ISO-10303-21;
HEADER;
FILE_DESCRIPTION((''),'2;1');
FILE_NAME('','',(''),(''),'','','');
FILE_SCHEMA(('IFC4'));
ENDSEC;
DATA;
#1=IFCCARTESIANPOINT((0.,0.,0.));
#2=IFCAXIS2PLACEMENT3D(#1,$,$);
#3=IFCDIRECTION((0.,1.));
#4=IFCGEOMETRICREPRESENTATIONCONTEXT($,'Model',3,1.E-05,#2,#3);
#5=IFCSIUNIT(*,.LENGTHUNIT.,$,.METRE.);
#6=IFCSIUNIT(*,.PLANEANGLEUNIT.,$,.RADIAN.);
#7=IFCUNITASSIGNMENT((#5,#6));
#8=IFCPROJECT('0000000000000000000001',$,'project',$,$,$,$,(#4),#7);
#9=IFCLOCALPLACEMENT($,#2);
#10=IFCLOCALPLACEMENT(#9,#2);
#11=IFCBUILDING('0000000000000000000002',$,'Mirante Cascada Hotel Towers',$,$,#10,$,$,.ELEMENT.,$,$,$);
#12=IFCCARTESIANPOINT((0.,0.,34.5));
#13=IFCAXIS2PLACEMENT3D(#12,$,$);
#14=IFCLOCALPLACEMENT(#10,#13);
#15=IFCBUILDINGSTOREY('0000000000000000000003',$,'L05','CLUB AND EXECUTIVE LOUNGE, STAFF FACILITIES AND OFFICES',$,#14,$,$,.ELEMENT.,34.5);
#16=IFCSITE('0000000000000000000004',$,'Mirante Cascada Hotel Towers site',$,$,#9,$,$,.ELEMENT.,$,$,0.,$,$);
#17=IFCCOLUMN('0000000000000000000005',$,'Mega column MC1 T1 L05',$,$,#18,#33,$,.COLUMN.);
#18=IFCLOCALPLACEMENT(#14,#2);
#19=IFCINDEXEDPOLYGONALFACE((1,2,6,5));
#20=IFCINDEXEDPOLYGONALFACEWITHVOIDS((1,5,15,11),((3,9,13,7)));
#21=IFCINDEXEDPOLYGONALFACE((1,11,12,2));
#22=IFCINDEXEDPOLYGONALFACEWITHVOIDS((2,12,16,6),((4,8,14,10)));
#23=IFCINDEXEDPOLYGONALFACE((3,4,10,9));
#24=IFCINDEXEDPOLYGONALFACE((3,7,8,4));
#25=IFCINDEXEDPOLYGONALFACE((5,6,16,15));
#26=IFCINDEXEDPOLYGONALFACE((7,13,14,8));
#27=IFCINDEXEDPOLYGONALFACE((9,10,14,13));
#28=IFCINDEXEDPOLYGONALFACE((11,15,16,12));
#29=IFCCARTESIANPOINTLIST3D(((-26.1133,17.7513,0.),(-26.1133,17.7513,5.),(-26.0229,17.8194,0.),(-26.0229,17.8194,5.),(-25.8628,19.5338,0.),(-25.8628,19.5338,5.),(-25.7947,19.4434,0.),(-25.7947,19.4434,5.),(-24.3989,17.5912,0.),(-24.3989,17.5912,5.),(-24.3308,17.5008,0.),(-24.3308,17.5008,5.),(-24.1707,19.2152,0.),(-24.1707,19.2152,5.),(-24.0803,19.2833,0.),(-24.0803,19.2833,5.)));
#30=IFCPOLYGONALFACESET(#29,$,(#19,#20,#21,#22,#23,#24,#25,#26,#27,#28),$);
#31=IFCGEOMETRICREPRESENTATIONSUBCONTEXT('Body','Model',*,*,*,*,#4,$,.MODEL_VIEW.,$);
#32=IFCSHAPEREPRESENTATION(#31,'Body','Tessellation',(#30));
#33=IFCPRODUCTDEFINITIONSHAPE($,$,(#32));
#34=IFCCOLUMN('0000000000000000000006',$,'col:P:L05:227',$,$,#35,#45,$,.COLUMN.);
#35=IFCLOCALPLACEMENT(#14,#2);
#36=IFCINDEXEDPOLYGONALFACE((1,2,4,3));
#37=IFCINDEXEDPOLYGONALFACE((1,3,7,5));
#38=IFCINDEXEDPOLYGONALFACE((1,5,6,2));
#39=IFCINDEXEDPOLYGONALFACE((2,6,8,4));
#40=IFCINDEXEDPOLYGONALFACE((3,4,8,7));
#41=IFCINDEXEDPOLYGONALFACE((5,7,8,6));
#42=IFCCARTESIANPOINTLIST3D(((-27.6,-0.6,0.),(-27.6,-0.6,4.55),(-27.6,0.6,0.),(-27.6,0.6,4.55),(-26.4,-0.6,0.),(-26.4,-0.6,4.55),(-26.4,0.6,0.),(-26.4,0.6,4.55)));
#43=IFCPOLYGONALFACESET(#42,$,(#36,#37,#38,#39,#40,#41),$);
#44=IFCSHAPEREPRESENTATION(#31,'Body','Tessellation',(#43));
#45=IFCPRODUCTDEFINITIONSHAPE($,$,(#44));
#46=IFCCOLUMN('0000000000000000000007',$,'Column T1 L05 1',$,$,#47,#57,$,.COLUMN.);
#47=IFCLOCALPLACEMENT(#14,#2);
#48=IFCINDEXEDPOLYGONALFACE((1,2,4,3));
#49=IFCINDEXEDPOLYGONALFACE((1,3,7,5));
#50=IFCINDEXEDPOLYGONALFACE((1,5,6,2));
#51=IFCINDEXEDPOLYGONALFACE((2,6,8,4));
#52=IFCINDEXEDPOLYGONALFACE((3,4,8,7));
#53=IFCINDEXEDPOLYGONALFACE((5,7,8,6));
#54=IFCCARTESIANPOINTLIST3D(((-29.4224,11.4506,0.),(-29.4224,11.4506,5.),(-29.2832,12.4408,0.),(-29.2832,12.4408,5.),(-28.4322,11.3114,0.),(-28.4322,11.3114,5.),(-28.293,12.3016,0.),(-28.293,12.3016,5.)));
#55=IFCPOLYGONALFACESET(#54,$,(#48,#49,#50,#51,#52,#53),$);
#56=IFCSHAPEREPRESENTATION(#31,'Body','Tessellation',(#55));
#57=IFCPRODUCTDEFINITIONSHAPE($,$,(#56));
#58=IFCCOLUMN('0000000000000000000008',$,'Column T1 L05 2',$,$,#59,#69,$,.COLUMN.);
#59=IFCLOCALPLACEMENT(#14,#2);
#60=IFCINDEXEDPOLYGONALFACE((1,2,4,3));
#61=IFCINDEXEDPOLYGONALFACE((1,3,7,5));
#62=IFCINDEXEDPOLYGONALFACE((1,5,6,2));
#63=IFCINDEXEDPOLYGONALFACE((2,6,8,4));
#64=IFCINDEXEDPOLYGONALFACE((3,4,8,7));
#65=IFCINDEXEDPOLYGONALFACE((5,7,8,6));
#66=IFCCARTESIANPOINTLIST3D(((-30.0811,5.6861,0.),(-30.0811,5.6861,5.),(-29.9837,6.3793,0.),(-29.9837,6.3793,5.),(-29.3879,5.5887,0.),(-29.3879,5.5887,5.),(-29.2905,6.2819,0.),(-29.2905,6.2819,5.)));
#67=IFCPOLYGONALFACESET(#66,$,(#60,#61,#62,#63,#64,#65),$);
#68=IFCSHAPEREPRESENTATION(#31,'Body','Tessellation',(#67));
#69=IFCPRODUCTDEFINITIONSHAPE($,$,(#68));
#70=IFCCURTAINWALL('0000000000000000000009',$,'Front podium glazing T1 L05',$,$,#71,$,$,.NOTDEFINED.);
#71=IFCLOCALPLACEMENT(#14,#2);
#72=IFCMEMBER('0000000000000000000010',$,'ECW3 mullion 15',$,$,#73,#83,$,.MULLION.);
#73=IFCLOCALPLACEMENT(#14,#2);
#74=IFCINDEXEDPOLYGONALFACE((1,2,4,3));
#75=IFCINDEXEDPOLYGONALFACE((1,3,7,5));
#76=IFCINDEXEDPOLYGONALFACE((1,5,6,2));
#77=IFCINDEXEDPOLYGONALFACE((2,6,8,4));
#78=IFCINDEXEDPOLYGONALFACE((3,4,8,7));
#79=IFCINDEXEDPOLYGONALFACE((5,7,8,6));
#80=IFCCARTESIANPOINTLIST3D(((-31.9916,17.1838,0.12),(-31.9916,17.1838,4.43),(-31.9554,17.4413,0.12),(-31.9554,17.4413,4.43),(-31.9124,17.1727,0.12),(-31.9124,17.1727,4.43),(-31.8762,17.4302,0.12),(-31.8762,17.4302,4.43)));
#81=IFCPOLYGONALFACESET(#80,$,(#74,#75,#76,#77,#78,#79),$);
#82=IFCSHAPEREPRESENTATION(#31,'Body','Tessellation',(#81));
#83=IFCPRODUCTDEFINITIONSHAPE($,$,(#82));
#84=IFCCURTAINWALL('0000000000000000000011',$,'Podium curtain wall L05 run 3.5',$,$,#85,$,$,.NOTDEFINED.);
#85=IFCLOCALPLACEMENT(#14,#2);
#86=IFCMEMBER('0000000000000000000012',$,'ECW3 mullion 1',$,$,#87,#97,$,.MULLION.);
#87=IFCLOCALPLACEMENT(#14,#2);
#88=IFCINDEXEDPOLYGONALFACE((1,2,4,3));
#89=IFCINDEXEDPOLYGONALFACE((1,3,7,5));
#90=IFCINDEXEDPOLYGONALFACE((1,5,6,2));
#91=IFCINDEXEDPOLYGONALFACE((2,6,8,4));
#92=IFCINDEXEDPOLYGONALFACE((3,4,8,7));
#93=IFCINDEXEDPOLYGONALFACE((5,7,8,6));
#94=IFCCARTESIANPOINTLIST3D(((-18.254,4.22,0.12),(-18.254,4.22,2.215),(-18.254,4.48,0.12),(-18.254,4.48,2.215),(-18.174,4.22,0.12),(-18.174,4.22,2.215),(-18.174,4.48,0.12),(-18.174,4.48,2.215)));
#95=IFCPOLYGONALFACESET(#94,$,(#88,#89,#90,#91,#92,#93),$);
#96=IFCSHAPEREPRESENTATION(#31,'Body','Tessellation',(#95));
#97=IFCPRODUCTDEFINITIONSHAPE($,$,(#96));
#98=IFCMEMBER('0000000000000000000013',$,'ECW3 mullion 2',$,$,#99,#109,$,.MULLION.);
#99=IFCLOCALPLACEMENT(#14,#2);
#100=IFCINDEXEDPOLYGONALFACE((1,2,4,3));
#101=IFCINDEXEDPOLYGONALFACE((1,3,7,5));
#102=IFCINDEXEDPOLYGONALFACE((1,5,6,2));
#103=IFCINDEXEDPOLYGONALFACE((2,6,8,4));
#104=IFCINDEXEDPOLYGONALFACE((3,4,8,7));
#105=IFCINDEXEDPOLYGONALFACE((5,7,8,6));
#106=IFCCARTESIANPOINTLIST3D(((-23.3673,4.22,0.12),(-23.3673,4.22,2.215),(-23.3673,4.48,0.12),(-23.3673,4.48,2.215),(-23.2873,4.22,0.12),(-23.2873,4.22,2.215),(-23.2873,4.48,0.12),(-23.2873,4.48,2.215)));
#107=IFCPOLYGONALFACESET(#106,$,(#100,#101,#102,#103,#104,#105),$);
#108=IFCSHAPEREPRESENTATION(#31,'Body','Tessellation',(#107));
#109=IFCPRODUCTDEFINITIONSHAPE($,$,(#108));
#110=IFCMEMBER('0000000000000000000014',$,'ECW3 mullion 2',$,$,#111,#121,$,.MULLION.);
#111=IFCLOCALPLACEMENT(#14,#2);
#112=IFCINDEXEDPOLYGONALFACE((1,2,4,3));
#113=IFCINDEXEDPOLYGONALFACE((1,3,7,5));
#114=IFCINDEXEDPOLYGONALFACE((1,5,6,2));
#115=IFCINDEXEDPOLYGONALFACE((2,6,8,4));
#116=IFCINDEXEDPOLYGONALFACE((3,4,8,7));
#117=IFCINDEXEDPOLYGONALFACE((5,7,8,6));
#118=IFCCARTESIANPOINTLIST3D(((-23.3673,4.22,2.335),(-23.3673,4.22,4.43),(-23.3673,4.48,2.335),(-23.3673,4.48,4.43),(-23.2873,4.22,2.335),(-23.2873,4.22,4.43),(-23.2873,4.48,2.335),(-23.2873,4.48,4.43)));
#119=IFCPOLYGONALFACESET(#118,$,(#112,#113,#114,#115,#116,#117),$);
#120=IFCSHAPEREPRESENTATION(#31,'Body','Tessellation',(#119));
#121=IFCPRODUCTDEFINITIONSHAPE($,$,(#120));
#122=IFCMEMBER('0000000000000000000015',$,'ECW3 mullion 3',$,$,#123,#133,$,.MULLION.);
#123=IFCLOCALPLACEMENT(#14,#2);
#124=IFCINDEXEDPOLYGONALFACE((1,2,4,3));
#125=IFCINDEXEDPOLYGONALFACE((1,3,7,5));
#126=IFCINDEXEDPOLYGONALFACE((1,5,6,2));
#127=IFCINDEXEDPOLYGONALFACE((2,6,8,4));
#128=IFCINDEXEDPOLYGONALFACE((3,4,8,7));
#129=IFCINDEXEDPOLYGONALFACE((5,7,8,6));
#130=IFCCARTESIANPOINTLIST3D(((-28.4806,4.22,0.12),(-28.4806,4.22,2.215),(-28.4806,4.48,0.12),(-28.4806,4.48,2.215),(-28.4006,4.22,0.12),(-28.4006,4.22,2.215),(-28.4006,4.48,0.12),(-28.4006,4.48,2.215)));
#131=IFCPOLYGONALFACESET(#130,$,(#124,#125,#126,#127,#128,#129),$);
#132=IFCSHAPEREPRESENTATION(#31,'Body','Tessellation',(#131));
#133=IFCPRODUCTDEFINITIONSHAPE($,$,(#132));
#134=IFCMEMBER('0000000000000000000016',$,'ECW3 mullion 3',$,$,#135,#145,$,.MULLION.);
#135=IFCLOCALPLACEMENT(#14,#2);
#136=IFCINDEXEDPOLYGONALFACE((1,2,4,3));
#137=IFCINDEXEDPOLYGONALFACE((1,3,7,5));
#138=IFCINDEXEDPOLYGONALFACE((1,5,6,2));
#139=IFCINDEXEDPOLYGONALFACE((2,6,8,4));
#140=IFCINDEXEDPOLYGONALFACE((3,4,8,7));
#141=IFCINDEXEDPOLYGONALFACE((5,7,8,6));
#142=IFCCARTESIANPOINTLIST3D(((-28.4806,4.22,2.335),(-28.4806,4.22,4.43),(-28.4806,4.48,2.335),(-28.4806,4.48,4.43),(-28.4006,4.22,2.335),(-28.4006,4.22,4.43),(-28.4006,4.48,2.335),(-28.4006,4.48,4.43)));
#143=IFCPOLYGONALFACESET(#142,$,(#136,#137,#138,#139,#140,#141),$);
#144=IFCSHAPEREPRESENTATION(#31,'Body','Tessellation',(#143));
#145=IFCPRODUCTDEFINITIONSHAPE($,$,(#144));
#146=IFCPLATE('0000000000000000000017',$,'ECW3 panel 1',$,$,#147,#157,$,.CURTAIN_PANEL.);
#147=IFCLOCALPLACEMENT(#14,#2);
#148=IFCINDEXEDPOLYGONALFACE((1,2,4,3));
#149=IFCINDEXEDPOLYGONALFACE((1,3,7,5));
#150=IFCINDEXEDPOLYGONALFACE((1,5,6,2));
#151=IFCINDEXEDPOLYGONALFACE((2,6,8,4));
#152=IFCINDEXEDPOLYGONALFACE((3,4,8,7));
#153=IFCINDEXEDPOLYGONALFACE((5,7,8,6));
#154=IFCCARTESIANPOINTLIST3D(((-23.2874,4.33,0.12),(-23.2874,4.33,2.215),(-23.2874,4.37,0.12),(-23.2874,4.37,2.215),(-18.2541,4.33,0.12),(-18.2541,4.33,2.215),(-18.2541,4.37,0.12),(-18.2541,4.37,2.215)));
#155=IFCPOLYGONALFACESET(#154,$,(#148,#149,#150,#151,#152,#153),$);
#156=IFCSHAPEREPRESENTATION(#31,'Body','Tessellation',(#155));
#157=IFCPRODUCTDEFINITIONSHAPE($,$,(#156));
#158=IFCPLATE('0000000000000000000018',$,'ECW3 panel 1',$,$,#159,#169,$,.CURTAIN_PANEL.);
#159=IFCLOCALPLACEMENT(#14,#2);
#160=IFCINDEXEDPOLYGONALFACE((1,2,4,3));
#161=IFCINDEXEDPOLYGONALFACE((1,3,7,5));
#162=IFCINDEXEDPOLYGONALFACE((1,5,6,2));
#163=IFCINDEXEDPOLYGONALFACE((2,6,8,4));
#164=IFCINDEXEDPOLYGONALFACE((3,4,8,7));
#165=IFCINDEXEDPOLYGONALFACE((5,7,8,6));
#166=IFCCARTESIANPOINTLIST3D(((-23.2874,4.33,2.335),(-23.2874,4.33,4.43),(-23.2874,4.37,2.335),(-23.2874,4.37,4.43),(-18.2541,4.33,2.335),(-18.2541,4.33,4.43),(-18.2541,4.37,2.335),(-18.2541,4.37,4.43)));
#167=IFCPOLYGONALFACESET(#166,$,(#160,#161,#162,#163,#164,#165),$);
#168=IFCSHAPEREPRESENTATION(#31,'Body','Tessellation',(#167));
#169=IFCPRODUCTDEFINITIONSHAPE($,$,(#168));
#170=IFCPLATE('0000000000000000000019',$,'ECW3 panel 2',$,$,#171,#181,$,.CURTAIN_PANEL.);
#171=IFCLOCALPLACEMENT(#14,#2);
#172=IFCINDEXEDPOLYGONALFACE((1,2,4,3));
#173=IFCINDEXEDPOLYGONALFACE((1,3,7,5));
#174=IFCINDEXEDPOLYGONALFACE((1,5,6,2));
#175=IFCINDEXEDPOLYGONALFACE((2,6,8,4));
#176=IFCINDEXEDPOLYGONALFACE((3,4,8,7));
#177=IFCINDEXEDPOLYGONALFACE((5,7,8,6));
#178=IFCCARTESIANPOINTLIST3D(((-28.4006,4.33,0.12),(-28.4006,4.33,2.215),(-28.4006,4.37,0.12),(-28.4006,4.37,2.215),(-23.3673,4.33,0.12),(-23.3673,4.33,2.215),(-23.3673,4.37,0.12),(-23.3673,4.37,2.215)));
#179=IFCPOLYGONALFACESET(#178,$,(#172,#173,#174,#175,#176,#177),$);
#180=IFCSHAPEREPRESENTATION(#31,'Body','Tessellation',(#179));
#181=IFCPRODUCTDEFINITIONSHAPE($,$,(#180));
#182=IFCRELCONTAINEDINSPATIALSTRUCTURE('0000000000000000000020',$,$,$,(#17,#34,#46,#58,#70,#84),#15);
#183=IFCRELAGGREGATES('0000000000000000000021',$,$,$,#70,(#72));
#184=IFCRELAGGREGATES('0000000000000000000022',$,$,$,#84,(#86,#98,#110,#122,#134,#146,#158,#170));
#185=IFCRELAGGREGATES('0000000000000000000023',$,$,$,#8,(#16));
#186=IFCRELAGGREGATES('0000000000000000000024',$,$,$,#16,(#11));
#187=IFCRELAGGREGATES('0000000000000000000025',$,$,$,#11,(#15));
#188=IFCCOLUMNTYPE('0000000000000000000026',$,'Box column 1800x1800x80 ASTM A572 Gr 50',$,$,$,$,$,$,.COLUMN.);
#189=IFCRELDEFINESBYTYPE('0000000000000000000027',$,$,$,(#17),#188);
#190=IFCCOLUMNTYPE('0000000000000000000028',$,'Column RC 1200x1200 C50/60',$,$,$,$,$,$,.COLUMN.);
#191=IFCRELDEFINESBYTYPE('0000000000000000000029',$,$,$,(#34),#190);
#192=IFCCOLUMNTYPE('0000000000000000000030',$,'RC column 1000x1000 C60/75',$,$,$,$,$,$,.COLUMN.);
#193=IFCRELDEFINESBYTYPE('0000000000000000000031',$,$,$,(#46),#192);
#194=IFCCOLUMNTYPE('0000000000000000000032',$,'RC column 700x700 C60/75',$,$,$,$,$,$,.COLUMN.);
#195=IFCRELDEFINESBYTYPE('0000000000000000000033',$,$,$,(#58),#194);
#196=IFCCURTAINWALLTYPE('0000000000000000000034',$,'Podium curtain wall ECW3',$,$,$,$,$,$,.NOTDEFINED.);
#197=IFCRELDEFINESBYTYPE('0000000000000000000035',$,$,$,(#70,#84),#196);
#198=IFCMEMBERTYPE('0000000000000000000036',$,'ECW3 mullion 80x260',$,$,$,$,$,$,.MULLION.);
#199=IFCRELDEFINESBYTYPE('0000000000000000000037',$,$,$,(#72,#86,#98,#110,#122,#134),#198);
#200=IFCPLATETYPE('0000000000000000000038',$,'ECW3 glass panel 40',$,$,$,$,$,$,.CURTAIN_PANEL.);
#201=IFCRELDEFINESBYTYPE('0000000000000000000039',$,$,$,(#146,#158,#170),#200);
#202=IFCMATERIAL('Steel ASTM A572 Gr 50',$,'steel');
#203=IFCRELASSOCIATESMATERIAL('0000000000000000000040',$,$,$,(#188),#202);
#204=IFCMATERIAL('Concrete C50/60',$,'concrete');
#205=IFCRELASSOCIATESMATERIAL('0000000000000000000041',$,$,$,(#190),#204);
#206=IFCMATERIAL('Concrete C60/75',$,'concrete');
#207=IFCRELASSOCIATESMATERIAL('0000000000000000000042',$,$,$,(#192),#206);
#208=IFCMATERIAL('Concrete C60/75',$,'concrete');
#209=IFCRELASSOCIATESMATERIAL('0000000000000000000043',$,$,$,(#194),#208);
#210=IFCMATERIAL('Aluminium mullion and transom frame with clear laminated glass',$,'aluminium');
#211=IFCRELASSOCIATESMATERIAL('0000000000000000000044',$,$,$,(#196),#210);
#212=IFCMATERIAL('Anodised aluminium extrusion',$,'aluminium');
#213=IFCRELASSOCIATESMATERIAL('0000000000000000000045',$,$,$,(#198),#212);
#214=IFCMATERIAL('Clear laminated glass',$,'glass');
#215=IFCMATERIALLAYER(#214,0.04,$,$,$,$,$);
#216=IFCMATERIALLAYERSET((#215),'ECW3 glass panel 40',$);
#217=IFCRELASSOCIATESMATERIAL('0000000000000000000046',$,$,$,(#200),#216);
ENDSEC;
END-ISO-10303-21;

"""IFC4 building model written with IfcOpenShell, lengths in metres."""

from ifc_helpers import new_model, si_unit, direction, frame, origin, origin_2d, place, context, subcontext, project, spatial, rectangle, hollow_rectangle, extrude, material, layer, layer_set, material_profile, profile_set, type_object, element, aggregate, save


model = new_model("IFC4")

# Units and contexts
model_context = context("Model", 3, precision=1e-05, world=origin(), true_north=direction((0.0, 1.0)))
body_context = subcontext(model_context, "Body", "Model", "MODEL_VIEW")
ifc_project = project(units=[si_unit("LENGTHUNIT", "METRE"), si_unit("PLANEANGLEUNIT", "RADIAN")], contexts=[model_context])

# Site, building, storey
site_placement = place(None, origin())
site = spatial("IfcSite", under=ifc_project, at=site_placement, Name="Mirante Cascada Hotel Towers site", CompositionType="ELEMENT", RefElevation=0.0)
building_placement = place(site_placement, origin())
building = spatial("IfcBuilding", under=site, at=building_placement, Name="Mirante Cascada Hotel Towers", CompositionType="ELEMENT")
storey_placement = place(building_placement, frame((0.0, 0.0, 34.5)))
storey = spatial("IfcBuildingStorey", under=building, at=storey_placement, Name="L05", Description="CLUB AND EXECUTIVE LOUNGE, STAFF FACILITIES AND OFFICES", CompositionType="ELEMENT", Elevation=34.5)

# Columns
ifc_material_1 = material(Name="Steel ASTM A572 Gr 50", Category="steel")
ifc_material_profile_1 = material_profile(ifc_material_1, hollow_rectangle(XDim=1.8, YDim=1.8, WallThickness=0.08, at=origin_2d()), Name="Box column 1800x1800x80 ASTM A572 Gr 50")
ifc_profile_set_1 = profile_set([ifc_material_profile_1], Name="Steel ASTM A572 Gr 50")
column_type_1 = type_object("IfcColumnType", Name="Box column 1800x1800x80 ASTM A572 Gr 50", PredefinedType="COLUMN", material=ifc_profile_set_1)
column_1_placement = place(storey_placement, frame((-25.0968, 18.5173, 0.0), z_axis=(0.0, 0.0, 1.0), x_axis=(-0.990268, 0.139173, 0.0)))
element("IfcColumn", 1, at=column_1_placement, inside=storey, type_object=column_type_1, Name="Mega column MC1 T1 L05", PredefinedType="COLUMN", context=body_context, shape_type="SweptSolid", body=[
    extrude(hollow_rectangle(XDim=1.8, YDim=1.8, WallThickness=0.08, at=origin_2d()), origin(), (0.0, 0.0, 1.0), 5.0),
])
ifc_material_2 = material(Name="Concrete C50/60", Category="concrete")
ifc_material_profile_2 = material_profile(ifc_material_2, rectangle(XDim=1.2, YDim=1.2, at=origin_2d()), Name="RC 1200x1200")
ifc_profile_set_2 = profile_set([ifc_material_profile_2], Name="Concrete C50/60")
column_type_2 = type_object("IfcColumnType", Name="Column RC 1200x1200 C50/60", PredefinedType="COLUMN", material=ifc_profile_set_2)
column_2_placement = place(storey_placement, frame((-27.0, 0.0, 0.0), z_axis=(0.0, 0.0, 1.0), x_axis=(1.0, 0.0, 0.0)))
element("IfcColumn", 2, at=column_2_placement, inside=storey, type_object=column_type_2, Name="col:P:L05:227", PredefinedType="COLUMN", context=body_context, shape_type="SweptSolid", body=[
    extrude(rectangle(XDim=1.2, YDim=1.2, at=origin_2d()), origin(), (0.0, 0.0, 1.0), 4.55),
])
ifc_material_3 = material(Name="Concrete C60/75", Category="concrete")
ifc_material_profile_3 = material_profile(ifc_material_3, rectangle(XDim=1.0, YDim=1.0, at=origin_2d()), Name="RC column 1000x1000 C60/75")
ifc_profile_set_3 = profile_set([ifc_material_profile_3], Name="Concrete C60/75")
column_type_3 = type_object("IfcColumnType", Name="RC column 1000x1000 C60/75", PredefinedType="COLUMN", material=ifc_profile_set_3)
column_3_placement = place(storey_placement, frame((-28.8577, 11.8761, 0.0), z_axis=(0.0, 0.0, 1.0), x_axis=(-0.990268, 0.139173, 0.0)))
element("IfcColumn", 3, at=column_3_placement, inside=storey, type_object=column_type_3, Name="Column T1 L05 1", PredefinedType="COLUMN", context=body_context, shape_type="SweptSolid", body=[
    extrude(rectangle(XDim=1.0, YDim=1.0, at=origin_2d()), origin(), (0.0, 0.0, 1.0), 5.0),
])
ifc_material_4 = material(Name="Concrete C60/75", Category="concrete")
ifc_material_profile_4 = material_profile(ifc_material_4, rectangle(XDim=0.7, YDim=0.7, at=origin_2d()), Name="RC column 700x700 C60/75")
ifc_profile_set_4 = profile_set([ifc_material_profile_4], Name="Concrete C60/75")
column_type_4 = type_object("IfcColumnType", Name="RC column 700x700 C60/75", PredefinedType="COLUMN", material=ifc_profile_set_4)
column_4_placement = place(storey_placement, frame((-29.6858, 5.984, 0.0), z_axis=(0.0, 0.0, 1.0), x_axis=(-0.990268, 0.139173, 0.0)))
element("IfcColumn", 4, at=column_4_placement, inside=storey, type_object=column_type_4, Name="Column T1 L05 2", PredefinedType="COLUMN", context=body_context, shape_type="SweptSolid", body=[
    extrude(rectangle(XDim=0.7, YDim=0.7, at=origin_2d()), origin(), (0.0, 0.0, 1.0), 5.0),
])

# Curtain wall, member
ifc_material_5 = material(Name="Aluminium mullion and transom frame with clear laminated glass", Category="aluminium")
curtain_wall_type = type_object("IfcCurtainWallType", Name="Podium curtain wall ECW3", PredefinedType="NOTDEFINED", material=ifc_material_5)
curtain_wall_1_placement = place(storey_placement, origin())
curtain_wall_1 = element("IfcCurtainWall", 5, at=curtain_wall_1_placement, inside=storey, type_object=curtain_wall_type, Name="Front podium glazing T1 L05", PredefinedType="NOTDEFINED")
ifc_material_6 = material(Name="Anodised aluminium extrusion", Category="aluminium")
ifc_material_profile_5 = material_profile(ifc_material_6, rectangle(XDim=0.26, YDim=0.08, at=origin_2d()), Name="ECW3 MULLION 80x260")
ifc_profile_set_5 = profile_set([ifc_material_profile_5], Name="Anodised aluminium extrusion")
member_type = type_object("IfcMemberType", Name="ECW3 mullion 80x260", PredefinedType="MULLION", material=ifc_profile_set_5)
member_1_placement = place(storey_placement, frame((-31.9339, 17.307, 0.12), z_axis=(0.0, 0.0, 1.0), x_axis=(0.139173, 0.990268, 0.0)))
member_1 = element("IfcMember", 6, at=member_1_placement, type_object=member_type, Name="ECW3 mullion 15", PredefinedType="MULLION", context=body_context, shape_type="SweptSolid", body=[
    extrude(rectangle(XDim=0.26, YDim=0.08, at=origin_2d()), origin(), (0.0, 0.0, 1.0), 4.31),
])
aggregate(curtain_wall_1, [member_1])

# Curtain wall, members, plates
curtain_wall_2_placement = place(storey_placement, origin())
curtain_wall_2 = element("IfcCurtainWall", 7, at=curtain_wall_2_placement, inside=storey, type_object=curtain_wall_type, Name="Podium curtain wall L05 run 3.5", PredefinedType="NOTDEFINED")
member_2_placement = place(storey_placement, frame((-18.214, 4.35, 0.12), z_axis=(0.0, 0.0, 1.0), x_axis=(0.0, -1.0, 0.0)))
member_2 = element("IfcMember", 8, at=member_2_placement, type_object=member_type, Name="ECW3 mullion 1", PredefinedType="MULLION", context=body_context, shape_type="SweptSolid", body=[
    extrude(rectangle(XDim=0.26, YDim=0.08, at=origin_2d()), origin(), (0.0, 0.0, 1.0), 2.095),
])
member_3_placement = place(storey_placement, frame((-23.3273, 4.35, 0.12), z_axis=(0.0, 0.0, 1.0), x_axis=(0.0, -1.0, 0.0)))
member_3 = element("IfcMember", 9, at=member_3_placement, type_object=member_type, Name="ECW3 mullion 2", PredefinedType="MULLION", context=body_context, shape_type="SweptSolid", body=[
    extrude(rectangle(XDim=0.26, YDim=0.08, at=origin_2d()), origin(), (0.0, 0.0, 1.0), 2.095),
])
member_4_placement = place(storey_placement, frame((-23.3273, 4.35, 2.335), z_axis=(0.0, 0.0, 1.0), x_axis=(0.0, -1.0, 0.0)))
member_4 = element("IfcMember", 10, at=member_4_placement, type_object=member_type, Name="ECW3 mullion 2", PredefinedType="MULLION", context=body_context, shape_type="SweptSolid", body=[
    extrude(rectangle(XDim=0.26, YDim=0.08, at=origin_2d()), origin(), (0.0, 0.0, 1.0), 2.095),
])
member_5_placement = place(storey_placement, frame((-28.4406, 4.35, 0.12), z_axis=(0.0, 0.0, 1.0), x_axis=(0.0, -1.0, 0.0)))
member_5 = element("IfcMember", 11, at=member_5_placement, type_object=member_type, Name="ECW3 mullion 3", PredefinedType="MULLION", context=body_context, shape_type="SweptSolid", body=[
    extrude(rectangle(XDim=0.26, YDim=0.08, at=origin_2d()), origin(), (0.0, 0.0, 1.0), 2.095),
])
member_6_placement = place(storey_placement, frame((-28.4406, 4.35, 2.335), z_axis=(0.0, 0.0, 1.0), x_axis=(0.0, -1.0, 0.0)))
member_6 = element("IfcMember", 12, at=member_6_placement, type_object=member_type, Name="ECW3 mullion 3", PredefinedType="MULLION", context=body_context, shape_type="SweptSolid", body=[
    extrude(rectangle(XDim=0.26, YDim=0.08, at=origin_2d()), origin(), (0.0, 0.0, 1.0), 2.095),
])
ifc_material_7 = material(Name="Clear laminated glass", Category="glass")
ifc_layer_1 = layer(ifc_material_7, 0.04)
ifc_layer_set_1 = layer_set([ifc_layer_1], Name="ECW3 glass panel 40")
plate_type = type_object("IfcPlateType", Name="ECW3 glass panel 40", PredefinedType="CURTAIN_PANEL", material=ifc_layer_set_1)
plate_1_placement = place(storey_placement, frame((-20.7707, 4.35, 0.12), z_axis=(0.0, 0.0, 1.0), x_axis=(-1.0, 0.0, 0.0)))
plate_1 = element("IfcPlate", 13, at=plate_1_placement, type_object=plate_type, Name="ECW3 panel 1", PredefinedType="CURTAIN_PANEL", context=body_context, shape_type="SweptSolid", body=[
    extrude(rectangle(XDim=5.0333, YDim=0.04, at=origin_2d()), origin(), (0.0, 0.0, 1.0), 2.095),
])
plate_2_placement = place(storey_placement, frame((-20.7707, 4.35, 2.335), z_axis=(0.0, 0.0, 1.0), x_axis=(-1.0, 0.0, 0.0)))
plate_2 = element("IfcPlate", 14, at=plate_2_placement, type_object=plate_type, Name="ECW3 panel 1", PredefinedType="CURTAIN_PANEL", context=body_context, shape_type="SweptSolid", body=[
    extrude(rectangle(XDim=5.0333, YDim=0.04, at=origin_2d()), origin(), (0.0, 0.0, 1.0), 2.095),
])
plate_3_placement = place(storey_placement, frame((-25.8839, 4.35, 0.12), z_axis=(0.0, 0.0, 1.0), x_axis=(-1.0, 0.0, 0.0)))
plate_3 = element("IfcPlate", 15, at=plate_3_placement, type_object=plate_type, Name="ECW3 panel 2", PredefinedType="CURTAIN_PANEL", context=body_context, shape_type="SweptSolid", body=[
    extrude(rectangle(XDim=5.0333, YDim=0.04, at=origin_2d()), origin(), (0.0, 0.0, 1.0), 2.095),
])
aggregate(curtain_wall_2, [member_2, member_3, member_4, member_5, member_6, plate_1, plate_2, plate_3])

save(model, "model.ifc")
